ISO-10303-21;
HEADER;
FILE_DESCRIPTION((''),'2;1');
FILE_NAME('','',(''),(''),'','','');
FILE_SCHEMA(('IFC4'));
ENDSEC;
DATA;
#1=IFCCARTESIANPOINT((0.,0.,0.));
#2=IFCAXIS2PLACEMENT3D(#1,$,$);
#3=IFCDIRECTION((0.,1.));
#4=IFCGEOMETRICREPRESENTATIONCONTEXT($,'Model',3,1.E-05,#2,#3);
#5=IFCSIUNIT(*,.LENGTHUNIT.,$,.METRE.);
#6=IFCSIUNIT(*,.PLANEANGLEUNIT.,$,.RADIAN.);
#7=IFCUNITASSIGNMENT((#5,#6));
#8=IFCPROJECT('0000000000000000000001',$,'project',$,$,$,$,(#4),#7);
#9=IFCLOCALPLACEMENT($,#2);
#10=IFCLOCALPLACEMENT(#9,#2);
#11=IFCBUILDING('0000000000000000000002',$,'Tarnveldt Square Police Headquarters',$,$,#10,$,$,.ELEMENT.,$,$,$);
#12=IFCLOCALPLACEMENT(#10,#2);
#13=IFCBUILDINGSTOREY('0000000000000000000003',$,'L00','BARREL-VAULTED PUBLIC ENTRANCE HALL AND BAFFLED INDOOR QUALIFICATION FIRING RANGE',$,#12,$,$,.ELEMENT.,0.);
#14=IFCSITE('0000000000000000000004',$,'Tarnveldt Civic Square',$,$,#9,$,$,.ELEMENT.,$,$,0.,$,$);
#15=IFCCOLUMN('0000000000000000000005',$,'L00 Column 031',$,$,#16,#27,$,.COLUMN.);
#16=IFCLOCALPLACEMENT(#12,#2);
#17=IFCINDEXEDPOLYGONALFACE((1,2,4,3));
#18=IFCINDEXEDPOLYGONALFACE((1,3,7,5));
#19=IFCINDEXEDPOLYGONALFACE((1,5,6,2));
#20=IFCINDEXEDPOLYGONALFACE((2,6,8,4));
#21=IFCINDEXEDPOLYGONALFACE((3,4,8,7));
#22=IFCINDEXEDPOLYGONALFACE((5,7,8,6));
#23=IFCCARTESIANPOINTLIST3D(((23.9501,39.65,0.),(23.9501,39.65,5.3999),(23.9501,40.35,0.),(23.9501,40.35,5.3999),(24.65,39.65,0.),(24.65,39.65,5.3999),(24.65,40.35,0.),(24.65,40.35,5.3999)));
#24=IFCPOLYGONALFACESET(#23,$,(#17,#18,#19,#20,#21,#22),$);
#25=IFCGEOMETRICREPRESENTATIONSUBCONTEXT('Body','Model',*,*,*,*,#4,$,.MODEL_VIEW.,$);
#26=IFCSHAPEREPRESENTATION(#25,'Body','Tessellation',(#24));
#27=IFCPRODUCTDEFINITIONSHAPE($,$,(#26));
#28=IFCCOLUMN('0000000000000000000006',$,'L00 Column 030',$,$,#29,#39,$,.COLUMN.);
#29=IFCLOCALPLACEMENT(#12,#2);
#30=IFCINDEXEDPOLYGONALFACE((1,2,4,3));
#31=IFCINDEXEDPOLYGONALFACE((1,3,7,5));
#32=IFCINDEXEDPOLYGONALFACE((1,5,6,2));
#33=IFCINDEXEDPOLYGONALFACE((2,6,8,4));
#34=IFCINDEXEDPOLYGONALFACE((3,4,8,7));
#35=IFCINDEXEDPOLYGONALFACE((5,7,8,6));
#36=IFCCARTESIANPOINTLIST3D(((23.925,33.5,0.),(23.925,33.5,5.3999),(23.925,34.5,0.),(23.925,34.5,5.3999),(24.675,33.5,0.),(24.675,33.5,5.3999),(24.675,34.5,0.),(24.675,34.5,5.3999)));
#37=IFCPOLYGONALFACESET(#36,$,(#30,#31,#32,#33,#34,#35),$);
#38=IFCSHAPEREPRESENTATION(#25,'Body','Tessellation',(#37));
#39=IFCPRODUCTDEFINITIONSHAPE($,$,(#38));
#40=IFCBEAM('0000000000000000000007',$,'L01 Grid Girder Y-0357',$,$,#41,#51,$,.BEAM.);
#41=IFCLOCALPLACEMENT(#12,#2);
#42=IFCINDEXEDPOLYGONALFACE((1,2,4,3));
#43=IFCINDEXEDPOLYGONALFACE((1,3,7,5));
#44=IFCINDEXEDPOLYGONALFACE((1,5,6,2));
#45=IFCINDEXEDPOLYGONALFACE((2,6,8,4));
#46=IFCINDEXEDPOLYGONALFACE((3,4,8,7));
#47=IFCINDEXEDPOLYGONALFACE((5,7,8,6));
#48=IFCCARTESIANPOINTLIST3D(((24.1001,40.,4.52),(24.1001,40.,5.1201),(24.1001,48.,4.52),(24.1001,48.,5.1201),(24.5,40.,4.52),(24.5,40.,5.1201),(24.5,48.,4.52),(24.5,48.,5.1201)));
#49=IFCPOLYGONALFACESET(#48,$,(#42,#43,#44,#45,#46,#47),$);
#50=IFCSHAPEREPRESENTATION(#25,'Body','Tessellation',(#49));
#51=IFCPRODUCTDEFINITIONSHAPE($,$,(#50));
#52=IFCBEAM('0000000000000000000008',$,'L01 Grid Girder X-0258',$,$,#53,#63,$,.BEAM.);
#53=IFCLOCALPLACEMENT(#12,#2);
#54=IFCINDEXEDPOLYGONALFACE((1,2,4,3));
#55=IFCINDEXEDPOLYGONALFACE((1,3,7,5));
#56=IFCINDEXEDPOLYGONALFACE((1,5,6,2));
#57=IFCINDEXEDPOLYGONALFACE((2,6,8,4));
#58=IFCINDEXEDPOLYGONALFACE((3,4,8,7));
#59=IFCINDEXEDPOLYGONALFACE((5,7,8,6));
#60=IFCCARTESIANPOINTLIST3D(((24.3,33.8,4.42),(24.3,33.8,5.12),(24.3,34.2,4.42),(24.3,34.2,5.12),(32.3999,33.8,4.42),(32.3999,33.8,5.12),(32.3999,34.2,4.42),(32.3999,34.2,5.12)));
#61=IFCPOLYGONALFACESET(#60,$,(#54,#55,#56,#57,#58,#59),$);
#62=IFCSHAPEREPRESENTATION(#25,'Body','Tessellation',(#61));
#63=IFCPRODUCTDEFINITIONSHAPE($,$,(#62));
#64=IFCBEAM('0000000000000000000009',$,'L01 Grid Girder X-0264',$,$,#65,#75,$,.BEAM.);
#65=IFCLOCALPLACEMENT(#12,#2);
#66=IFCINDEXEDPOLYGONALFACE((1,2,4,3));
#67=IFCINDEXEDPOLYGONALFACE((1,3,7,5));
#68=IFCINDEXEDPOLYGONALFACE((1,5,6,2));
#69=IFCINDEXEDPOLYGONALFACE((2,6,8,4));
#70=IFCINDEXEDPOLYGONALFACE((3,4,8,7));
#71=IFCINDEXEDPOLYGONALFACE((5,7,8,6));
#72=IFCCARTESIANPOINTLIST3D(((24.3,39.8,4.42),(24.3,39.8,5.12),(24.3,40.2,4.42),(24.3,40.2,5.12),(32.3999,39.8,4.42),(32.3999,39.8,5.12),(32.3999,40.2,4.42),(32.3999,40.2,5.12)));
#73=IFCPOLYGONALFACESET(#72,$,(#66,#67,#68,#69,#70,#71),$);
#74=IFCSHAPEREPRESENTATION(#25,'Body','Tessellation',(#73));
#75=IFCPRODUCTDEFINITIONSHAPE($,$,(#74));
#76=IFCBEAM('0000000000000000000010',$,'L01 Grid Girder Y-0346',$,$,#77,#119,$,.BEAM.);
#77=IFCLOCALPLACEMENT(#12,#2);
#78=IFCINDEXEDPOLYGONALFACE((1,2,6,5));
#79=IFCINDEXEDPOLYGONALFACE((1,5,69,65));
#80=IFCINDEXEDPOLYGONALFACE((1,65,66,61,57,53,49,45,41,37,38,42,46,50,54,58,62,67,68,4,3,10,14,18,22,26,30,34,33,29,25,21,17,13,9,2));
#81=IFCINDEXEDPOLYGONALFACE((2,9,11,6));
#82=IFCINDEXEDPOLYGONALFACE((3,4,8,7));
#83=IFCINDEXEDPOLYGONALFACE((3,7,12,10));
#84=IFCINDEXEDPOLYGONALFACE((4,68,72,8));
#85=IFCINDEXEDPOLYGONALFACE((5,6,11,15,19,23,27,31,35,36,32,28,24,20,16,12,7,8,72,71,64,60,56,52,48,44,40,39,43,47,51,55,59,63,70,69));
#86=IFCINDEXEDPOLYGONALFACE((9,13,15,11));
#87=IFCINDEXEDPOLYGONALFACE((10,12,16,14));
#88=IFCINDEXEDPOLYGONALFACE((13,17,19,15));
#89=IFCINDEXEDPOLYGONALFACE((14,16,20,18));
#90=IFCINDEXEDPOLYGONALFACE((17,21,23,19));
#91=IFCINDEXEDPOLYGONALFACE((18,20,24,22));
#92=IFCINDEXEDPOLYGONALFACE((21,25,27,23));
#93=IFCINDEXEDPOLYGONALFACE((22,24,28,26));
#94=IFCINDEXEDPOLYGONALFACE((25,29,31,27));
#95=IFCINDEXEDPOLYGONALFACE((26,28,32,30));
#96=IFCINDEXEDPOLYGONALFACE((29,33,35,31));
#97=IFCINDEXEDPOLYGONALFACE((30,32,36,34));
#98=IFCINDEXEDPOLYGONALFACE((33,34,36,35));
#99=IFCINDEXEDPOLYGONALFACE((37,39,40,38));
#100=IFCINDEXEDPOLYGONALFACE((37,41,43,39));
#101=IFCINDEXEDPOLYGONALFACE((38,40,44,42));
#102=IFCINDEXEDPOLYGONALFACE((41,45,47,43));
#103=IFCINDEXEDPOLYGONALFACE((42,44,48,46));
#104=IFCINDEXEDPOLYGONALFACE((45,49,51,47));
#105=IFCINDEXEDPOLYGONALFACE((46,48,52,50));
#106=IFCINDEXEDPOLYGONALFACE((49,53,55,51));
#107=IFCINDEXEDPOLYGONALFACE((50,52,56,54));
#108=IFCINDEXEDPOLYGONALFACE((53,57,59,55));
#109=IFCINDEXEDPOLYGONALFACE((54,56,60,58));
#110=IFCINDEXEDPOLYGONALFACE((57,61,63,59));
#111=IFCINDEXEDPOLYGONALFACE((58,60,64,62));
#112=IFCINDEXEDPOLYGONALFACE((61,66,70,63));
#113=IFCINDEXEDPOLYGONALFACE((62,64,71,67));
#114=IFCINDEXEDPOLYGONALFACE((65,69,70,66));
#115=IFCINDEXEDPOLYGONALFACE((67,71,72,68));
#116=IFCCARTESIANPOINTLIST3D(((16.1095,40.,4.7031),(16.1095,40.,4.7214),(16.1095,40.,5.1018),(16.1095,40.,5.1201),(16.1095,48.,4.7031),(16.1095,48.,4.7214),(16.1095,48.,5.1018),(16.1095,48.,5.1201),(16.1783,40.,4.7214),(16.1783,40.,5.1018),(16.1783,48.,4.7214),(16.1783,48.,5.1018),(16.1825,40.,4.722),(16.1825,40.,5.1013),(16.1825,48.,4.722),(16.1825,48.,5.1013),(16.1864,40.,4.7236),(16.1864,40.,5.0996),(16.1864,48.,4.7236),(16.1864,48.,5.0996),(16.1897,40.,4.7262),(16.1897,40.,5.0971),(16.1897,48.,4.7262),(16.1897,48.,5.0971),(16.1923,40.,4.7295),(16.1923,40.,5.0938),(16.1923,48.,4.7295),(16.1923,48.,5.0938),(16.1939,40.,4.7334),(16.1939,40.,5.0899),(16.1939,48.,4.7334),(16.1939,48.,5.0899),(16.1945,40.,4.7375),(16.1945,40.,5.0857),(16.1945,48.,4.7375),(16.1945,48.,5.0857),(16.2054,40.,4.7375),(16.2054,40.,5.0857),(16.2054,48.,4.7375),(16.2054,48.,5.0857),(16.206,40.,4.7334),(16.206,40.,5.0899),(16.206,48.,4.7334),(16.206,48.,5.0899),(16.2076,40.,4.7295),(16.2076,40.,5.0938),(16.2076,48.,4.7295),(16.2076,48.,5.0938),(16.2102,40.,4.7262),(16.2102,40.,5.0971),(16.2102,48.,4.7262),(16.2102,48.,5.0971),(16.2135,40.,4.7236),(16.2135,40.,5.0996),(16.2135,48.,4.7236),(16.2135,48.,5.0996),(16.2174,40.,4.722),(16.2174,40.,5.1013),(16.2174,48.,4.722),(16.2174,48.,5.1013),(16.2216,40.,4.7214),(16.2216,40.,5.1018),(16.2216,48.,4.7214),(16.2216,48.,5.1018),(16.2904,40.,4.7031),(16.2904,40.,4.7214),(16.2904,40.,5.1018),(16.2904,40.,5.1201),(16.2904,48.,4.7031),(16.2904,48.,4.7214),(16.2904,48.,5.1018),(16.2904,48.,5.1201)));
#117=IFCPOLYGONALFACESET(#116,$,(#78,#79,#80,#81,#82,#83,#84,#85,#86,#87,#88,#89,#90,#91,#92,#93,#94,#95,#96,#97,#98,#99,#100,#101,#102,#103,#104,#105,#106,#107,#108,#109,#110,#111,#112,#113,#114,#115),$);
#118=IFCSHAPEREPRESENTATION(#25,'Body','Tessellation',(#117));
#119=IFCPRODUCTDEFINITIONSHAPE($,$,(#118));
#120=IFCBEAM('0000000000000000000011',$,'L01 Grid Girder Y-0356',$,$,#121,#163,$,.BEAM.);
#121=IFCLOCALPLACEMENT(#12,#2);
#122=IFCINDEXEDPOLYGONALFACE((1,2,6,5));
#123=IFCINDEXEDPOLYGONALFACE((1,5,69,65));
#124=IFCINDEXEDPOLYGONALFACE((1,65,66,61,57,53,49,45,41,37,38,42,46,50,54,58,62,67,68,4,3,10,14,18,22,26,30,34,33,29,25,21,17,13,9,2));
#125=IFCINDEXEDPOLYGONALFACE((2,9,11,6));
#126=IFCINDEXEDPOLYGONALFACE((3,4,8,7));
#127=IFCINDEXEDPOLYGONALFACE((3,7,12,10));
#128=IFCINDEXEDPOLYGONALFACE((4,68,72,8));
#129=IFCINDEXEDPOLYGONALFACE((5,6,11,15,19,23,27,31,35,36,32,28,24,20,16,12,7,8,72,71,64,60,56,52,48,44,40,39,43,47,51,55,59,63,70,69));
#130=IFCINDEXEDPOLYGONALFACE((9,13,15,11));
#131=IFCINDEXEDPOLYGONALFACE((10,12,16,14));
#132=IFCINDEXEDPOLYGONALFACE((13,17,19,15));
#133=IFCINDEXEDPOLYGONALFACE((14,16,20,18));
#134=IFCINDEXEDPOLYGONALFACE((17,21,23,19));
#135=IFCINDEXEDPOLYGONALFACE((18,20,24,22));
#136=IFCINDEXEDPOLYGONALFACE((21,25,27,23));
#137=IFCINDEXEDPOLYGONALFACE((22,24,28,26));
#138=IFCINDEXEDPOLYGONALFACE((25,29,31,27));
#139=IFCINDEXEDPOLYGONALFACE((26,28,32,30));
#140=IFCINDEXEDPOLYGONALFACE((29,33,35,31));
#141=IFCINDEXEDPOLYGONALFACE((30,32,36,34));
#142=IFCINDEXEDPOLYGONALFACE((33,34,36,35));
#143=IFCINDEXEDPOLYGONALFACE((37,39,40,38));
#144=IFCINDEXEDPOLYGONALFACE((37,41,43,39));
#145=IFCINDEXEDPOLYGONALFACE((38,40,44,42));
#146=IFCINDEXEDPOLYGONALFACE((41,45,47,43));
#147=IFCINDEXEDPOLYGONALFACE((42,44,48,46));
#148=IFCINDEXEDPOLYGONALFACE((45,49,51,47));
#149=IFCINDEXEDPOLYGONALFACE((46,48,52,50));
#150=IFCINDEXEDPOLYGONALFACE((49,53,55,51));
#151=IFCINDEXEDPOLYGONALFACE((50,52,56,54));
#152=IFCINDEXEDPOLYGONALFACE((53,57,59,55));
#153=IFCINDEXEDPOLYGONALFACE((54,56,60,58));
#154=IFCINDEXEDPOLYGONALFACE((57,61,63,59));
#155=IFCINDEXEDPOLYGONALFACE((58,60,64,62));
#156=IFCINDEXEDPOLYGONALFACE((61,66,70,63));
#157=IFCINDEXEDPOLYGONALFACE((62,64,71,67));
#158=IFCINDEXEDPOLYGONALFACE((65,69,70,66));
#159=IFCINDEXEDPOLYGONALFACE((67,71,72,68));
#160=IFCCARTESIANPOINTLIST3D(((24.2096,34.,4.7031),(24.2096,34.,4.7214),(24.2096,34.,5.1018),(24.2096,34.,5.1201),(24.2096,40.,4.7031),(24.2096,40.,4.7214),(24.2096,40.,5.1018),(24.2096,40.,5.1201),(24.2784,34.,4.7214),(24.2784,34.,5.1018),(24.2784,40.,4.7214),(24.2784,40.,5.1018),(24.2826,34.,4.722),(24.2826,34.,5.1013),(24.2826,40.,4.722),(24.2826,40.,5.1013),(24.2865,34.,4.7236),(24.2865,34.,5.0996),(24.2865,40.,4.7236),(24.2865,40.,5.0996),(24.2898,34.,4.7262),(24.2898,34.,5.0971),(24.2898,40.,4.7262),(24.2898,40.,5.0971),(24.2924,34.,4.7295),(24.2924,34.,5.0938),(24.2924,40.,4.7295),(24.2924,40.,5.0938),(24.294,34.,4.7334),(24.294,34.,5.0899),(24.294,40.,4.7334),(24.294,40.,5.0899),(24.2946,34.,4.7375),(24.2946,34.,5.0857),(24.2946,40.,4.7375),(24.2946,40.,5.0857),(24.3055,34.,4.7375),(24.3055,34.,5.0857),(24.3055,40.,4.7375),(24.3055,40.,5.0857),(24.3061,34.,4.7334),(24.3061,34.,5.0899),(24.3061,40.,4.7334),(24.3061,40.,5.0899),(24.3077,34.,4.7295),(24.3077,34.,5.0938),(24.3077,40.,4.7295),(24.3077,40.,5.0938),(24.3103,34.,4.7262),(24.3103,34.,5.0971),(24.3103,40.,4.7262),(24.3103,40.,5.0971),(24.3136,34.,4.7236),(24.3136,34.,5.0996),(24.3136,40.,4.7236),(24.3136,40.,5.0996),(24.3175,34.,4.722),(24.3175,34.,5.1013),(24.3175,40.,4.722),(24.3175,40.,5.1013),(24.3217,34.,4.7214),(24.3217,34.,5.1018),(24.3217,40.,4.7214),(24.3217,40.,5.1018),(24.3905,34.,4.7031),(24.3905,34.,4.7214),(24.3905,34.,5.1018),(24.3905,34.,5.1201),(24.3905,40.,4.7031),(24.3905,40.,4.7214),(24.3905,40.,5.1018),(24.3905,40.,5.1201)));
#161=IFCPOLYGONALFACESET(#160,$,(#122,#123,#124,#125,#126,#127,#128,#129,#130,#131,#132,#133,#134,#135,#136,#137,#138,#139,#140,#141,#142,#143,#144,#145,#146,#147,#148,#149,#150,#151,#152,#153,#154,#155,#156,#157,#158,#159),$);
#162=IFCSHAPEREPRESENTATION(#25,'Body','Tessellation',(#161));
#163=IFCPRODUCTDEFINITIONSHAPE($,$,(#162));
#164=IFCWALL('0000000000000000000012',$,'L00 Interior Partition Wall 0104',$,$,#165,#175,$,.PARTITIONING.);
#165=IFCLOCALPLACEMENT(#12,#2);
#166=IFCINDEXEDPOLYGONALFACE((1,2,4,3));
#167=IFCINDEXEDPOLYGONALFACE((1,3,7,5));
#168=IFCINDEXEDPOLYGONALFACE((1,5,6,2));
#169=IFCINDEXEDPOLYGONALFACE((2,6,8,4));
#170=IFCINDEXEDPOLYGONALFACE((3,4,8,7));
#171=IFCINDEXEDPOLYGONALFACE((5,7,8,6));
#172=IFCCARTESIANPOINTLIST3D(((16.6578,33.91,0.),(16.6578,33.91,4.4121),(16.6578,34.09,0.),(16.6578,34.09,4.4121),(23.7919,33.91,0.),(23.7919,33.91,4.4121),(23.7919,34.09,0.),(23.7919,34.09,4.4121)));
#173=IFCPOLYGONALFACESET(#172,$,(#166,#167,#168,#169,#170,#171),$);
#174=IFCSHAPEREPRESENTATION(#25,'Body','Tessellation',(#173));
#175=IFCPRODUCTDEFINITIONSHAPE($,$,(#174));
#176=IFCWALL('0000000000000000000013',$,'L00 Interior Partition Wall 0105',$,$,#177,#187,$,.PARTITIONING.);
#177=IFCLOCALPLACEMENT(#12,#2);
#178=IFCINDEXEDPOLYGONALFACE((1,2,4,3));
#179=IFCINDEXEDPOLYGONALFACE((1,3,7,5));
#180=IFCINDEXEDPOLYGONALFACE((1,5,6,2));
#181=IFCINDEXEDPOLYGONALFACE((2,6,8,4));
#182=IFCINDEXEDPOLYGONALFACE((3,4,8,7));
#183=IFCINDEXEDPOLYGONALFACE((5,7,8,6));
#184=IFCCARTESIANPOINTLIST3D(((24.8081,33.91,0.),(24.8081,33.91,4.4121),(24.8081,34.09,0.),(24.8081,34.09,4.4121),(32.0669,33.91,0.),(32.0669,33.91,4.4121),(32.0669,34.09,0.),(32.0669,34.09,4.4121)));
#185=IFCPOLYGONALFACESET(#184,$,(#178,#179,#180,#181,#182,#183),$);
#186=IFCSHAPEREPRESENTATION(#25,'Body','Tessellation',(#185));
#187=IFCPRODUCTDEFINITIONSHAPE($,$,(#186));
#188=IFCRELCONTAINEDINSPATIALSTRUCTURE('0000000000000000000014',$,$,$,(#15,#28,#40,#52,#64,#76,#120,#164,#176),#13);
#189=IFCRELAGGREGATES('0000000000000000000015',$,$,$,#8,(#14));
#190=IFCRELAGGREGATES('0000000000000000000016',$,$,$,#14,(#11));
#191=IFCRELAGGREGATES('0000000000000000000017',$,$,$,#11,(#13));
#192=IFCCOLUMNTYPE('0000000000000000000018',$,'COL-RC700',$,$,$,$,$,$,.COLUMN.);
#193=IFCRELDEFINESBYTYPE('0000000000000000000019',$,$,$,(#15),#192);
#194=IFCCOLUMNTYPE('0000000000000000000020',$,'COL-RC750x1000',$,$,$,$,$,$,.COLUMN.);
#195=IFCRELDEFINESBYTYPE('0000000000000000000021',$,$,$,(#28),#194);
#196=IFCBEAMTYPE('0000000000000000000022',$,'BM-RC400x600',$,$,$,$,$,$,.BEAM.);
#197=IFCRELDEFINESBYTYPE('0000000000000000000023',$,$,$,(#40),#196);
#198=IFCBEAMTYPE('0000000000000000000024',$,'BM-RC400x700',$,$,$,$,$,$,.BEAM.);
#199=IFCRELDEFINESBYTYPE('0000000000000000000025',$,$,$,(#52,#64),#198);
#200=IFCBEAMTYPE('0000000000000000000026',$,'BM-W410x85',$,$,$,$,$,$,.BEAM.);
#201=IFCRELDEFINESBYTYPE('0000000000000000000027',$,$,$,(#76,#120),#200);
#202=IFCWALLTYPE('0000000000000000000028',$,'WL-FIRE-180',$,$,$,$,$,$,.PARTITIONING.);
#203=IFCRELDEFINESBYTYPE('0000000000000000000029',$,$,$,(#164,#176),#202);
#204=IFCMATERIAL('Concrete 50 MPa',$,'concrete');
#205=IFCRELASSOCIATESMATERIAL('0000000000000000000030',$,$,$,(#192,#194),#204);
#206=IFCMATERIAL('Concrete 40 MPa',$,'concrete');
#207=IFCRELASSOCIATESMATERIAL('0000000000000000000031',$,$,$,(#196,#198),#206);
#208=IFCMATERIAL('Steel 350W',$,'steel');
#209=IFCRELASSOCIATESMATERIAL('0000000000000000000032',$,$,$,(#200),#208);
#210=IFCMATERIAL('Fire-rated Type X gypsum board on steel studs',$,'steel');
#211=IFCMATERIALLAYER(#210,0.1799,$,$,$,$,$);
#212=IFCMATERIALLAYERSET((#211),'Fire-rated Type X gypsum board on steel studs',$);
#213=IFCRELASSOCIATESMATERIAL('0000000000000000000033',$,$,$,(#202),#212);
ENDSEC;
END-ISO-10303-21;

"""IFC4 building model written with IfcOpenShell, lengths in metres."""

from ifc_helpers import new_model, si_unit, direction, frame, frame_2d, origin, origin_2d, place, context, subcontext, project, spatial, rectangle, i_section, extrude, material, layer, layer_set, material_profile, profile_set, type_object, element, save


model = new_model("IFC4")

# Units and contexts
model_context = context("Model", 3, precision=1e-05, world=origin(), true_north=direction((0.0, 1.0)))
body_context = subcontext(model_context, "Body", "Model", "MODEL_VIEW")
ifc_project = project(units=[si_unit("LENGTHUNIT", "METRE"), si_unit("PLANEANGLEUNIT", "RADIAN")], contexts=[model_context])

# Site, building, storey
site_placement = place(None, origin())
site = spatial("IfcSite", under=ifc_project, at=site_placement, Name="Tarnveldt Civic Square", CompositionType="ELEMENT", RefElevation=0.0)
building_placement = place(site_placement, origin())
building = spatial("IfcBuilding", under=site, at=building_placement, Name="Tarnveldt Square Police Headquarters", CompositionType="ELEMENT")
storey_placement = place(building_placement, origin())
storey = spatial("IfcBuildingStorey", under=building, at=storey_placement, Name="L00", Description="BARREL-VAULTED PUBLIC ENTRANCE HALL AND BAFFLED INDOOR QUALIFICATION FIRING RANGE", CompositionType="ELEMENT", Elevation=0.0)

# Columns
ifc_material_1 = material(Name="Concrete 50 MPa", Category="concrete")
ifc_material_profile_1 = material_profile(ifc_material_1, rectangle(XDim=0.7, YDim=0.7, at=origin_2d()), Name="RC-C700x700")
ifc_profile_set_1 = profile_set([ifc_material_profile_1], Name="Concrete 50 MPa")
column_type_1 = type_object("IfcColumnType", Name="COL-RC700", PredefinedType="COLUMN", material=ifc_profile_set_1)
column_1_placement = place(storey_placement, frame((24.3, 40.0, 0.0), z_axis=(0.0, 0.0, 1.0), x_axis=(1.0, 0.0, 0.0)))
element("IfcColumn", 1, at=column_1_placement, inside=storey, type_object=column_type_1, Name="L00 Column 031", PredefinedType="COLUMN", context=body_context, shape_type="SweptSolid", body=[
    extrude(rectangle(XDim=0.7, YDim=0.7, at=origin_2d()), origin(), (0.0, 0.0, 1.0), 5.3999),
])
ifc_material_profile_2 = material_profile(ifc_material_1, rectangle(XDim=0.75, YDim=1.0, at=origin_2d()), Name="RC-C750x1000")
ifc_profile_set_2 = profile_set([ifc_material_profile_2], Name="Concrete 50 MPa")
column_type_2 = type_object("IfcColumnType", Name="COL-RC750x1000", PredefinedType="COLUMN", material=ifc_profile_set_2)
column_2_placement = place(storey_placement, frame((24.3, 34.0, 0.0), z_axis=(0.0, 0.0, 1.0), x_axis=(1.0, 0.0, 0.0)))
element("IfcColumn", 2, at=column_2_placement, inside=storey, type_object=column_type_2, Name="L00 Column 030", PredefinedType="COLUMN", context=body_context, shape_type="SweptSolid", body=[
    extrude(rectangle(XDim=0.75, YDim=1.0, at=origin_2d()), origin(), (0.0, 0.0, 1.0), 5.3999),
])

# Beams
ifc_material_2 = material(Name="Concrete 40 MPa", Category="concrete")
ifc_material_profile_3 = material_profile(ifc_material_2, rectangle(XDim=0.3999, YDim=0.6001, at=origin_2d()), Name="RC-B400x600")
ifc_profile_set_3 = profile_set([ifc_material_profile_3], Name="Concrete 40 MPa")
beam_type_1 = type_object("IfcBeamType", Name="BM-RC400x600", PredefinedType="BEAM", material=ifc_profile_set_3)
beam_1_placement = place(storey_placement, frame((24.3, 40.0, 4.8201), z_axis=(0.0, 1.0, 0.0), x_axis=(-1.0, 0.0, 0.0)))
element("IfcBeam", 3, at=beam_1_placement, inside=storey, type_object=beam_type_1, Name="L01 Grid Girder Y-0357", PredefinedType="BEAM", context=body_context, shape_type="SweptSolid", body=[
    extrude(rectangle(XDim=0.3999, YDim=0.6001, at=origin_2d()), origin(), (0.0, 0.0, 1.0), 8.0),
])
ifc_material_profile_4 = material_profile(ifc_material_2, rectangle(XDim=0.3999, YDim=0.7, at=origin_2d()), Name="RC-B400x700")
ifc_profile_set_4 = profile_set([ifc_material_profile_4], Name="Concrete 40 MPa")
beam_type_2 = type_object("IfcBeamType", Name="BM-RC400x700", PredefinedType="BEAM", material=ifc_profile_set_4)
for number, where, z_axis, x_axis, name in (
    (4, (24.3, 34.0, 4.77), (1.0, 0.0, 0.0), (0.0, 1.0, 0.0), "L01 Grid Girder X-0258"),
    (5, (24.3, 40.0, 4.77), (1.0, 0.0, 0.0), (0.0, 1.0, 0.0), "L01 Grid Girder X-0264"),
):
    element("IfcBeam", number, at=place(storey_placement, frame(where, z_axis=z_axis, x_axis=x_axis)), inside=storey, type_object=beam_type_2, Name=name, PredefinedType="BEAM", context=body_context, shape_type="SweptSolid", body=[
        extrude(rectangle(XDim=0.3999, YDim=0.7, at=origin_2d()), origin(), (0.0, 0.0, 1.0), 8.0999),
    ])
ifc_material_3 = material(Name="Steel 350W", Category="steel")
ifc_material_profile_5 = material_profile(ifc_material_3, i_section(OverallWidth=0.1809, OverallDepth=0.417, WebThickness=0.011, FlangeThickness=0.0183, FilletRadius=0.0161, at=origin_2d()), Name="W410x85")
ifc_profile_set_5 = profile_set([ifc_material_profile_5], Name="Steel 350W")
beam_type_3 = type_object("IfcBeamType", Name="BM-W410x85", PredefinedType="BEAM", material=ifc_profile_set_5)
beam_2_placement = place(storey_placement, frame((16.2, 40.0, 4.9116), z_axis=(0.0, 1.0, 0.0), x_axis=(-1.0, 0.0, 0.0)))
element("IfcBeam", 6, at=beam_2_placement, inside=storey, type_object=beam_type_3, Name="L01 Grid Girder Y-0346", PredefinedType="BEAM", context=body_context, shape_type="SweptSolid", body=[
    extrude(i_section(OverallWidth=0.1809, OverallDepth=0.417, WebThickness=0.011, FlangeThickness=0.0183, FilletRadius=0.0161, at=origin_2d()), origin(), (0.0, 0.0, 1.0), 8.0),
])
beam_3_placement = place(storey_placement, frame((24.3, 34.0, 4.9116), z_axis=(0.0, 1.0, 0.0), x_axis=(-1.0, 0.0, 0.0)))
element("IfcBeam", 7, at=beam_3_placement, inside=storey, type_object=beam_type_3, Name="L01 Grid Girder Y-0356", PredefinedType="BEAM", context=body_context, shape_type="SweptSolid", body=[
    extrude(i_section(OverallWidth=0.1809, OverallDepth=0.417, WebThickness=0.011, FlangeThickness=0.0183, FilletRadius=0.0161, at=origin_2d()), origin(), (0.0, 0.0, 1.0), 6.0),
])

# Walls
ifc_material_4 = material(Name="Fire-rated Type X gypsum board on steel studs", Category="steel")
ifc_layer_1 = layer(ifc_material_4, 0.1799)
ifc_layer_set_1 = layer_set([ifc_layer_1], Name="Fire-rated Type X gypsum board on steel studs")
wall_type_1 = type_object("IfcWallType", Name="WL-FIRE-180", PredefinedType="PARTITIONING", material=ifc_layer_set_1)
wall_1_placement = place(storey_placement, frame((16.658, 34.0, 0.0), z_axis=(0.0, 0.0, 1.0), x_axis=(1.0, 0.0, 0.0)))
element("IfcWall", 8, at=wall_1_placement, inside=storey, type_object=wall_type_1, Name="L00 Interior Partition Wall 0104", PredefinedType="PARTITIONING", context=body_context, shape_type="SweptSolid", body=[
    extrude(rectangle(XDim=7.134, YDim=0.1799, at=frame_2d((3.5669, 0.0))), origin(), (0.0, 0.0, 1.0), 4.4121),
])
wall_2_placement = place(storey_placement, frame((24.8081, 34.0, 0.0), z_axis=(0.0, 0.0, 1.0), x_axis=(1.0, 0.0, 0.0)))
element("IfcWall", 9, at=wall_2_placement, inside=storey, type_object=wall_type_1, Name="L00 Interior Partition Wall 0105", PredefinedType="PARTITIONING", context=body_context, shape_type="SweptSolid", body=[
    extrude(rectangle(XDim=7.2588, YDim=0.1799, at=frame_2d((3.6294, 0.0))), origin(), (0.0, 0.0, 1.0), 4.4121),
])

save(model, "model.ifc")
